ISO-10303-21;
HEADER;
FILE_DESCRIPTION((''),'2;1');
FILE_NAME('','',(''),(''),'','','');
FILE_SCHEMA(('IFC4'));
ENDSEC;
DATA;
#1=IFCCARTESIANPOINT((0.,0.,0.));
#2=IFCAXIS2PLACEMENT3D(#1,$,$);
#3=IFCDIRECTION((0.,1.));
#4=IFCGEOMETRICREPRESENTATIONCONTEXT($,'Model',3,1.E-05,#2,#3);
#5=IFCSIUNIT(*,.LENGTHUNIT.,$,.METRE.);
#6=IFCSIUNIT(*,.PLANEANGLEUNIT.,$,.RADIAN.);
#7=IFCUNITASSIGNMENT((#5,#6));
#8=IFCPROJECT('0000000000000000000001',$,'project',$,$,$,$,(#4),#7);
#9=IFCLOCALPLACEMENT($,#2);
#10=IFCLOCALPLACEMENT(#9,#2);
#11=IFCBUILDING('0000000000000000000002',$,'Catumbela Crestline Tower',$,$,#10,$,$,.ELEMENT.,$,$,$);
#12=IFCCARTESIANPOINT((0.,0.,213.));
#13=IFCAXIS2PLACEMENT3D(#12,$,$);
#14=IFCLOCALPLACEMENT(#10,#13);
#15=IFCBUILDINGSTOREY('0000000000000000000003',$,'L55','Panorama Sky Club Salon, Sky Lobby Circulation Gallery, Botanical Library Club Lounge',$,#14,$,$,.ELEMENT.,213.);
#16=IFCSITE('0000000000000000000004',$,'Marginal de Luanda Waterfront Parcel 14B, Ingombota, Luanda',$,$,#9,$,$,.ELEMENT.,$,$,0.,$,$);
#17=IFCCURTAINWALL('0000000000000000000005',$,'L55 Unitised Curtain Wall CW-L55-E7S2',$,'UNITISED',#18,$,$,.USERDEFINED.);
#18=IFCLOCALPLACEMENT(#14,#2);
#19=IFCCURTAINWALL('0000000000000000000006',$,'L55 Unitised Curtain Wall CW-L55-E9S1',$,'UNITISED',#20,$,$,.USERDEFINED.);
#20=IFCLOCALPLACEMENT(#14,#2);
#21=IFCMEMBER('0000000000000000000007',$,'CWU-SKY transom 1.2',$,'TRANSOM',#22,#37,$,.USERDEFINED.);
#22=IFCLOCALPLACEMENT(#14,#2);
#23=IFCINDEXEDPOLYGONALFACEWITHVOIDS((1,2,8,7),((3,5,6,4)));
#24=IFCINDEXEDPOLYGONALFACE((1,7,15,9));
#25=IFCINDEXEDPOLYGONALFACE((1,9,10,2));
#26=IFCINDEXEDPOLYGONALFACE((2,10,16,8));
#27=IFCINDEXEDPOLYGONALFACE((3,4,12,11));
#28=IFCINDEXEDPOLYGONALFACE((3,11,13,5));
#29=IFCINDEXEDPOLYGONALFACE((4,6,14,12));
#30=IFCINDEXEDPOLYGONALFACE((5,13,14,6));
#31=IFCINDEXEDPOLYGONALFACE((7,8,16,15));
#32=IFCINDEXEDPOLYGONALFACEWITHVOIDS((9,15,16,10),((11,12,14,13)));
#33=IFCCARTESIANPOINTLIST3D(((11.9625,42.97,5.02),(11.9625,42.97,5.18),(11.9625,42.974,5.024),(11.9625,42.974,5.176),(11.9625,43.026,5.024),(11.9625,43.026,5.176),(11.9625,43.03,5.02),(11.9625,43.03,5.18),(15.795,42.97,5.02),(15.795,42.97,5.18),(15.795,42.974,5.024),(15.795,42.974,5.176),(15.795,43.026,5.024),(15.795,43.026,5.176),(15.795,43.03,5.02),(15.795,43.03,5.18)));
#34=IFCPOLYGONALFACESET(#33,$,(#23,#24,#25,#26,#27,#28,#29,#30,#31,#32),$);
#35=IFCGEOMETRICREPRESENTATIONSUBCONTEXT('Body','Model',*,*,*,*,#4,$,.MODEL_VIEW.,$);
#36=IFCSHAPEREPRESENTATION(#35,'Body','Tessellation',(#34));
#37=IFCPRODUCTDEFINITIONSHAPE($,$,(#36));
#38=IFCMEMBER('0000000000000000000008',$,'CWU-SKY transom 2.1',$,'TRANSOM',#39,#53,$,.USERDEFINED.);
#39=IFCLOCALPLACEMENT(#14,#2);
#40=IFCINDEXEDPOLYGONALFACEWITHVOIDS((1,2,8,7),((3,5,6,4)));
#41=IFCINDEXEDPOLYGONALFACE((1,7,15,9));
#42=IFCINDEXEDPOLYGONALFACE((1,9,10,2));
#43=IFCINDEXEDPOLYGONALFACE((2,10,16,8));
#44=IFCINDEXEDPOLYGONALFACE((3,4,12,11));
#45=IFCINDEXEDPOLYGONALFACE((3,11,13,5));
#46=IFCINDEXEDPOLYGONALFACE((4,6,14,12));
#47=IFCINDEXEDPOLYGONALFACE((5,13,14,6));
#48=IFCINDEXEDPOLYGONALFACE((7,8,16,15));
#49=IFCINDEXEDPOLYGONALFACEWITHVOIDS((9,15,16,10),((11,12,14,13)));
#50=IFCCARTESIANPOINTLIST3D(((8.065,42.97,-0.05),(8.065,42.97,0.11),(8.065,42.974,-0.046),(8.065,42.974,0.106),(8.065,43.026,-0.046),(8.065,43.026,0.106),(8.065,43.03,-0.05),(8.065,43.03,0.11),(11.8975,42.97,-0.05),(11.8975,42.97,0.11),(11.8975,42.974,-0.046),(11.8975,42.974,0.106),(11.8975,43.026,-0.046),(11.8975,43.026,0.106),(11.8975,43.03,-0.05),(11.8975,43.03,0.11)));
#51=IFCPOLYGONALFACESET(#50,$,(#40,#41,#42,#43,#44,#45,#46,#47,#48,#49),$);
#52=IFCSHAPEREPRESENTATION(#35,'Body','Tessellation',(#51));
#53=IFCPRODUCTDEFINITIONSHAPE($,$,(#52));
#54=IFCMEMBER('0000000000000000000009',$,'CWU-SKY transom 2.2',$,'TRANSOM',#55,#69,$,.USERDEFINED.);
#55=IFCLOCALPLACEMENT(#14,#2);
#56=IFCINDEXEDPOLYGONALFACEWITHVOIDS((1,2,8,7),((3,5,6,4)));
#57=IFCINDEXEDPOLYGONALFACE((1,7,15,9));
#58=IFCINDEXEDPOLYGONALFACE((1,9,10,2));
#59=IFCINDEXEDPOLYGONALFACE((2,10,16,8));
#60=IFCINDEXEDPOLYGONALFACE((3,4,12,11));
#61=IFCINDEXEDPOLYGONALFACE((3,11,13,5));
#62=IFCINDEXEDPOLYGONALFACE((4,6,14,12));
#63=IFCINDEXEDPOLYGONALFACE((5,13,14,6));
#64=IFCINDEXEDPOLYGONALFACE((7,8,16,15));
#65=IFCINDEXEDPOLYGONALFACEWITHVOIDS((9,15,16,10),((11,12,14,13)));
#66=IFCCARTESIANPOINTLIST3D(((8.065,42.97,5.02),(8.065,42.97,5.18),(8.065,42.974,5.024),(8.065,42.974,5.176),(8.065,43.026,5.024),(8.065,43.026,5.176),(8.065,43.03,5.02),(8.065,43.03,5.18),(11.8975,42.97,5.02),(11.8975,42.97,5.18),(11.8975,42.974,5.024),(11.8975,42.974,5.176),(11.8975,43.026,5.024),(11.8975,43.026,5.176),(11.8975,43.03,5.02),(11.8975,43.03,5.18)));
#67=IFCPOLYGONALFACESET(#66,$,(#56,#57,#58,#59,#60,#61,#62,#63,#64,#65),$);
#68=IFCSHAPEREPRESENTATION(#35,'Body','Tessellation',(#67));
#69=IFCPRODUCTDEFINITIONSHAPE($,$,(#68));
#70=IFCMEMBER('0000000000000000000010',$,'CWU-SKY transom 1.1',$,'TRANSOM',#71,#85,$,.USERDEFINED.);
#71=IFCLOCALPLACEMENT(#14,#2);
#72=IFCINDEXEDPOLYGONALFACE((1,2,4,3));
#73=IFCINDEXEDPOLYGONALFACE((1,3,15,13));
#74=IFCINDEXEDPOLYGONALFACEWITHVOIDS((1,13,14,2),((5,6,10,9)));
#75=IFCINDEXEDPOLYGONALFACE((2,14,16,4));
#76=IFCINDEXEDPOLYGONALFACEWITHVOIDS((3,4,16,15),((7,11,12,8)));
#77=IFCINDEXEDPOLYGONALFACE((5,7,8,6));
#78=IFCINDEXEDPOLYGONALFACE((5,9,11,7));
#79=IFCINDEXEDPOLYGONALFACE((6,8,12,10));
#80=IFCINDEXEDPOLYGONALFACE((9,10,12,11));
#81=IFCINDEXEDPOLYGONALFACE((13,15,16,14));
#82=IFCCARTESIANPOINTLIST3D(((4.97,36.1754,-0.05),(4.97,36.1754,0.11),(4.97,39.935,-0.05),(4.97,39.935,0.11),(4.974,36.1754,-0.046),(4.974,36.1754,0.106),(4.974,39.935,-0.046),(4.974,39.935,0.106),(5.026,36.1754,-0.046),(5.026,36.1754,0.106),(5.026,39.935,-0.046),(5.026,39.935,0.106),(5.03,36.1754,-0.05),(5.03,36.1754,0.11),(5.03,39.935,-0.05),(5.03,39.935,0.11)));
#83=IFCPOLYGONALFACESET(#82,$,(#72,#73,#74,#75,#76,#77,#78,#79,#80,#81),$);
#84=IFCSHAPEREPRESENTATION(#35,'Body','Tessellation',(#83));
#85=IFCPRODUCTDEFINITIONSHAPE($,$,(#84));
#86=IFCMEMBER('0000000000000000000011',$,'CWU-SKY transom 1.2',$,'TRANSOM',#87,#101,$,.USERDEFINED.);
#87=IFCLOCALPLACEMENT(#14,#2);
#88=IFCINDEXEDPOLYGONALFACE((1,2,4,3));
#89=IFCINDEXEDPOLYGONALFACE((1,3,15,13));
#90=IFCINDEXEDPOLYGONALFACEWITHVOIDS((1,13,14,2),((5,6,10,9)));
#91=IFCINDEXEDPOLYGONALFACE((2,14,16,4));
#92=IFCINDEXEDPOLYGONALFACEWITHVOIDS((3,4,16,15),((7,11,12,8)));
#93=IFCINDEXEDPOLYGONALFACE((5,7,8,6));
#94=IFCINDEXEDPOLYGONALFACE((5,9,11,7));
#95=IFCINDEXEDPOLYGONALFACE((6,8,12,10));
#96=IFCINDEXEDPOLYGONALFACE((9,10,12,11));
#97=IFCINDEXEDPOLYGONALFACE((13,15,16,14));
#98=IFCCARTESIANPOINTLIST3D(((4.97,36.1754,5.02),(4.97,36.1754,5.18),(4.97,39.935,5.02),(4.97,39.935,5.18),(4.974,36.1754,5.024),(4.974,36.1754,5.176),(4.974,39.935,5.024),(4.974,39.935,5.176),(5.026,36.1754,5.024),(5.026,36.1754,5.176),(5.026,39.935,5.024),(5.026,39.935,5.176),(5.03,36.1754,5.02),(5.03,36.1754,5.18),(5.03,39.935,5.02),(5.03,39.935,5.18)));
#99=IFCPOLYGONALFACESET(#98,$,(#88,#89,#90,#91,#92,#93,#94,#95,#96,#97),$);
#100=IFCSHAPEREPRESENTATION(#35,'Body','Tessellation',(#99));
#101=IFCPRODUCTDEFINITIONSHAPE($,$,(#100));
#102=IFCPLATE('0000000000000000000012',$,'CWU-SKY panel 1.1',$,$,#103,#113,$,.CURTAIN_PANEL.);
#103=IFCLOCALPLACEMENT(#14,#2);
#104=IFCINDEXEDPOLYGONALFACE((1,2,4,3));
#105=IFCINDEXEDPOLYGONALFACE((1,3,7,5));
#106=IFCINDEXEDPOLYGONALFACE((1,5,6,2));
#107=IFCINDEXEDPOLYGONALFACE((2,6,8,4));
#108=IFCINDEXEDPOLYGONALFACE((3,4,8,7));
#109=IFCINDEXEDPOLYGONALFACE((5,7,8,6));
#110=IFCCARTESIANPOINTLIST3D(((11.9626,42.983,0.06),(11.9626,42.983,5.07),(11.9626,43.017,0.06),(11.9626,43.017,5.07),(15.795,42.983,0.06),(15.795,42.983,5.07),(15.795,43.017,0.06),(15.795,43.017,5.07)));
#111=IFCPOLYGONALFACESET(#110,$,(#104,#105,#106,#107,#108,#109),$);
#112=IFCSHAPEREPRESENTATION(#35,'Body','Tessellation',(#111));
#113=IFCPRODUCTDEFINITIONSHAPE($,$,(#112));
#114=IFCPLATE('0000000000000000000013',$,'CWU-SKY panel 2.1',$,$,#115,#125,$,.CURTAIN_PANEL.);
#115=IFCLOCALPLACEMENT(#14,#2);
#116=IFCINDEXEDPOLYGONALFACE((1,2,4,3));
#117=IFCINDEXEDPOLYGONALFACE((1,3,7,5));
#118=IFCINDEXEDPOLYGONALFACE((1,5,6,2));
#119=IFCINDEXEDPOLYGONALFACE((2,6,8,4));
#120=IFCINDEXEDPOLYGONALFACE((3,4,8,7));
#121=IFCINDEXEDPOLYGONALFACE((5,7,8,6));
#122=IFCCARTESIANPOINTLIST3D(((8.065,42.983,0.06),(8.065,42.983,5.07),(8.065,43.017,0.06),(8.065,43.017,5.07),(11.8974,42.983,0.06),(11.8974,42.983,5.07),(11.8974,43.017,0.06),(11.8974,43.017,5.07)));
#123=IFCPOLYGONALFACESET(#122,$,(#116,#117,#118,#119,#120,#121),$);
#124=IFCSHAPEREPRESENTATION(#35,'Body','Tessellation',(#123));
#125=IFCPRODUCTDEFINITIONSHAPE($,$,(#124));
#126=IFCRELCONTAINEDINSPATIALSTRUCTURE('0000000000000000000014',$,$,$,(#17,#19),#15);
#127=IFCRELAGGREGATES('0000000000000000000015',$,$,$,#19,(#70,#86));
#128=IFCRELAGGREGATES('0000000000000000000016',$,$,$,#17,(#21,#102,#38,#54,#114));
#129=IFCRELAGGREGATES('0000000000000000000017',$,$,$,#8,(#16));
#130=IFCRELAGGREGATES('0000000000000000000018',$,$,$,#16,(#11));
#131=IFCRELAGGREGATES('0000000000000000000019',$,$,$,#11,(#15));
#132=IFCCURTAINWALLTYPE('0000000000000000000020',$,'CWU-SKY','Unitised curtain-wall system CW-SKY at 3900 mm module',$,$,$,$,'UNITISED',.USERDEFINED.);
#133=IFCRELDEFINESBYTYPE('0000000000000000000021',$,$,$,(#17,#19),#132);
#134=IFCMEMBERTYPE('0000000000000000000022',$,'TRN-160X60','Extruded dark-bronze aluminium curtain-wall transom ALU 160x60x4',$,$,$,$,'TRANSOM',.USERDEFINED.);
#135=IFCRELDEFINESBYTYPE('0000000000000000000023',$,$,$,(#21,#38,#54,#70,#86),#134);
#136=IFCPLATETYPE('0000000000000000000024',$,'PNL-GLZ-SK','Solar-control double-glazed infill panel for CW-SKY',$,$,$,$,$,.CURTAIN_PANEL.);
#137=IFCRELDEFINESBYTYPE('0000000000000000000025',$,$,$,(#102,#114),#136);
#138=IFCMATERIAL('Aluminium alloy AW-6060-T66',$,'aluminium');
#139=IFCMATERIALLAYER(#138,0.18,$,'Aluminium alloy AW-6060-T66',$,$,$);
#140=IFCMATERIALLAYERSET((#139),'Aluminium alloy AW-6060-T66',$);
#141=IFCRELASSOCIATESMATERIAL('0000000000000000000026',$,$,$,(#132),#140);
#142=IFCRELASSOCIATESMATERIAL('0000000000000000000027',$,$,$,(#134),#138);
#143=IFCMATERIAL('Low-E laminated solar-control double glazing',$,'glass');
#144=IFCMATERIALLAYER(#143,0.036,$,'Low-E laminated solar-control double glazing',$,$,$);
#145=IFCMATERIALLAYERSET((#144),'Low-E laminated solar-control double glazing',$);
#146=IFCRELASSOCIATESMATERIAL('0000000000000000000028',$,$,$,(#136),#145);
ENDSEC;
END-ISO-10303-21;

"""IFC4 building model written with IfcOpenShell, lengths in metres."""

from ifc_helpers import new_model, si_unit, direction, frame, origin, origin_2d, place, context, subcontext, project, spatial, rectangle, hollow_rectangle, extrude, material, layer, layer_set, material_profile, profile_set, type_object, element, aggregate, save


model = new_model("IFC4")

# Units and contexts
model_context = context("Model", 3, precision=1e-05, world=origin(), true_north=direction((0.0, 1.0)))
body_context = subcontext(model_context, "Body", "Model", "MODEL_VIEW")
ifc_project = project(units=[si_unit("LENGTHUNIT", "METRE"), si_unit("PLANEANGLEUNIT", "RADIAN")], contexts=[model_context])

# Site, building, storey
site_placement = place(None, origin())
site = spatial("IfcSite", under=ifc_project, at=site_placement, Name="Marginal de Luanda Waterfront Parcel 14B, Ingombota, Luanda", CompositionType="ELEMENT", RefElevation=0.0)
building_placement = place(site_placement, origin())
building = spatial("IfcBuilding", under=site, at=building_placement, Name="Catumbela Crestline Tower", CompositionType="ELEMENT")
storey_placement = place(building_placement, frame((0.0, 0.0, 213.0)))
storey = spatial("IfcBuildingStorey", under=building, at=storey_placement, Name="L55", Description="Panorama Sky Club Salon, Sky Lobby Circulation Gallery, Botanical Library Club Lounge", CompositionType="ELEMENT", Elevation=213.0)

# Curtain wall
ifc_material_1 = material(Name="Aluminium alloy AW-6060-T66", Category="aluminium")
ifc_layer_1 = layer(ifc_material_1, 0.18, Name="Aluminium alloy AW-6060-T66")
ifc_layer_set_1 = layer_set([ifc_layer_1], Name="Aluminium alloy AW-6060-T66")
curtain_wall_type = type_object("IfcCurtainWallType", Name="CWU-SKY", Description="Unitised curtain-wall system CW-SKY at 3900 mm module", ElementType="UNITISED", PredefinedType="USERDEFINED", material=ifc_layer_set_1)
curtain_wall_1_placement = place(storey_placement, origin())
curtain_wall_1 = element("IfcCurtainWall", 1, at=curtain_wall_1_placement, inside=storey, type_object=curtain_wall_type, Name="L55 Unitised Curtain Wall CW-L55-E7S2", ObjectType="UNITISED", PredefinedType="USERDEFINED")

# Curtain wall
curtain_wall_2_placement = place(storey_placement, origin())
curtain_wall_2 = element("IfcCurtainWall", 2, at=curtain_wall_2_placement, inside=storey, type_object=curtain_wall_type, Name="L55 Unitised Curtain Wall CW-L55-E9S1", ObjectType="UNITISED", PredefinedType="USERDEFINED")

# Members
ifc_material_profile_1 = material_profile(ifc_material_1, hollow_rectangle(XDim=0.06, YDim=0.16, WallThickness=0.004, at=origin_2d()), Name="ALU 160x60x4")
ifc_profile_set_1 = profile_set([ifc_material_profile_1], Name="Aluminium alloy AW-6060-T66")
member_type_1 = type_object("IfcMemberType", Name="TRN-160X60", Description="Extruded dark-bronze aluminium curtain-wall transom ALU 160x60x4", ElementType="TRANSOM", PredefinedType="USERDEFINED", material=ifc_profile_set_1)
member_1_placement = place(storey_placement, frame((15.795, 43.0, 5.1), z_axis=(-1.0, 0.0, 0.0), x_axis=(0.0, -1.0, 0.0)))
member_1 = element("IfcMember", 3, at=member_1_placement, type_object=member_type_1, Name="CWU-SKY transom 1.2", ObjectType="TRANSOM", PredefinedType="USERDEFINED", context=body_context, shape_type="SweptSolid", body=[
    extrude(hollow_rectangle(XDim=0.06, YDim=0.16, WallThickness=0.004, at=origin_2d()), origin(), (0.0, 0.0, 1.0), 3.8325),
])
member_2_placement = place(storey_placement, frame((11.8975, 43.0, 0.03), z_axis=(-1.0, 0.0, 0.0), x_axis=(0.0, -1.0, 0.0)))
member_2 = element("IfcMember", 4, at=member_2_placement, type_object=member_type_1, Name="CWU-SKY transom 2.1", ObjectType="TRANSOM", PredefinedType="USERDEFINED", context=body_context, shape_type="SweptSolid", body=[
    extrude(hollow_rectangle(XDim=0.06, YDim=0.16, WallThickness=0.004, at=origin_2d()), origin(), (0.0, 0.0, 1.0), 3.8325),
])
member_3_placement = place(storey_placement, frame((11.8975, 43.0, 5.1), z_axis=(-1.0, 0.0, 0.0), x_axis=(0.0, -1.0, 0.0)))
member_3 = element("IfcMember", 5, at=member_3_placement, type_object=member_type_1, Name="CWU-SKY transom 2.2", ObjectType="TRANSOM", PredefinedType="USERDEFINED", context=body_context, shape_type="SweptSolid", body=[
    extrude(hollow_rectangle(XDim=0.06, YDim=0.16, WallThickness=0.004, at=origin_2d()), origin(), (0.0, 0.0, 1.0), 3.8325),
])
member_4_placement = place(storey_placement, frame((5.0, 39.935, 0.03), z_axis=(0.0, -1.0, 0.0), x_axis=(1.0, 0.0, 0.0)))
member_4 = element("IfcMember", 6, at=member_4_placement, type_object=member_type_1, Name="CWU-SKY transom 1.1", ObjectType="TRANSOM", PredefinedType="USERDEFINED", context=body_context, shape_type="SweptSolid", body=[
    extrude(hollow_rectangle(XDim=0.06, YDim=0.16, WallThickness=0.004, at=origin_2d()), origin(), (0.0, 0.0, 1.0), 3.7596),
])
member_5_placement = place(storey_placement, frame((5.0, 39.935, 5.1), z_axis=(0.0, -1.0, 0.0), x_axis=(1.0, 0.0, 0.0)))
member_5 = element("IfcMember", 7, at=member_5_placement, type_object=member_type_1, Name="CWU-SKY transom 1.2", ObjectType="TRANSOM", PredefinedType="USERDEFINED", context=body_context, shape_type="SweptSolid", body=[
    extrude(hollow_rectangle(XDim=0.06, YDim=0.16, WallThickness=0.004, at=origin_2d()), origin(), (0.0, 0.0, 1.0), 3.7596),
])
aggregate(curtain_wall_2, [member_4, member_5])

# Plates
ifc_material_2 = material(Name="Low-E laminated solar-control double glazing", Category="glass")
ifc_layer_2 = layer(ifc_material_2, 0.036, Name="Low-E laminated solar-control double glazing")
ifc_layer_set_2 = layer_set([ifc_layer_2], Name="Low-E laminated solar-control double glazing")
plate_type = type_object("IfcPlateType", Name="PNL-GLZ-SK", Description="Solar-control double-glazed infill panel for CW-SKY", PredefinedType="CURTAIN_PANEL", material=ifc_layer_set_2)
plate_1_placement = place(storey_placement, frame((13.8788, 43.0, 0.06), z_axis=(0.0, 0.0, 1.0), x_axis=(-1.0, 0.0, 0.0)))
plate_1 = element("IfcPlate", 8, at=plate_1_placement, type_object=plate_type, Name="CWU-SKY panel 1.1", PredefinedType="CURTAIN_PANEL", context=body_context, shape_type="SweptSolid", body=[
    extrude(rectangle(XDim=3.8325, YDim=0.034, at=origin_2d()), origin(), (0.0, 0.0, 1.0), 5.01),
])
plate_2_placement = place(storey_placement, frame((9.9812, 43.0, 0.06), z_axis=(0.0, 0.0, 1.0), x_axis=(-1.0, 0.0, 0.0)))
plate_2 = element("IfcPlate", 9, at=plate_2_placement, type_object=plate_type, Name="CWU-SKY panel 2.1", PredefinedType="CURTAIN_PANEL", context=body_context, shape_type="SweptSolid", body=[
    extrude(rectangle(XDim=3.8325, YDim=0.034, at=origin_2d()), origin(), (0.0, 0.0, 1.0), 5.01),
])
aggregate(curtain_wall_1, [member_1, plate_1, member_2, member_3, plate_2])

save(model, "model.ifc")
